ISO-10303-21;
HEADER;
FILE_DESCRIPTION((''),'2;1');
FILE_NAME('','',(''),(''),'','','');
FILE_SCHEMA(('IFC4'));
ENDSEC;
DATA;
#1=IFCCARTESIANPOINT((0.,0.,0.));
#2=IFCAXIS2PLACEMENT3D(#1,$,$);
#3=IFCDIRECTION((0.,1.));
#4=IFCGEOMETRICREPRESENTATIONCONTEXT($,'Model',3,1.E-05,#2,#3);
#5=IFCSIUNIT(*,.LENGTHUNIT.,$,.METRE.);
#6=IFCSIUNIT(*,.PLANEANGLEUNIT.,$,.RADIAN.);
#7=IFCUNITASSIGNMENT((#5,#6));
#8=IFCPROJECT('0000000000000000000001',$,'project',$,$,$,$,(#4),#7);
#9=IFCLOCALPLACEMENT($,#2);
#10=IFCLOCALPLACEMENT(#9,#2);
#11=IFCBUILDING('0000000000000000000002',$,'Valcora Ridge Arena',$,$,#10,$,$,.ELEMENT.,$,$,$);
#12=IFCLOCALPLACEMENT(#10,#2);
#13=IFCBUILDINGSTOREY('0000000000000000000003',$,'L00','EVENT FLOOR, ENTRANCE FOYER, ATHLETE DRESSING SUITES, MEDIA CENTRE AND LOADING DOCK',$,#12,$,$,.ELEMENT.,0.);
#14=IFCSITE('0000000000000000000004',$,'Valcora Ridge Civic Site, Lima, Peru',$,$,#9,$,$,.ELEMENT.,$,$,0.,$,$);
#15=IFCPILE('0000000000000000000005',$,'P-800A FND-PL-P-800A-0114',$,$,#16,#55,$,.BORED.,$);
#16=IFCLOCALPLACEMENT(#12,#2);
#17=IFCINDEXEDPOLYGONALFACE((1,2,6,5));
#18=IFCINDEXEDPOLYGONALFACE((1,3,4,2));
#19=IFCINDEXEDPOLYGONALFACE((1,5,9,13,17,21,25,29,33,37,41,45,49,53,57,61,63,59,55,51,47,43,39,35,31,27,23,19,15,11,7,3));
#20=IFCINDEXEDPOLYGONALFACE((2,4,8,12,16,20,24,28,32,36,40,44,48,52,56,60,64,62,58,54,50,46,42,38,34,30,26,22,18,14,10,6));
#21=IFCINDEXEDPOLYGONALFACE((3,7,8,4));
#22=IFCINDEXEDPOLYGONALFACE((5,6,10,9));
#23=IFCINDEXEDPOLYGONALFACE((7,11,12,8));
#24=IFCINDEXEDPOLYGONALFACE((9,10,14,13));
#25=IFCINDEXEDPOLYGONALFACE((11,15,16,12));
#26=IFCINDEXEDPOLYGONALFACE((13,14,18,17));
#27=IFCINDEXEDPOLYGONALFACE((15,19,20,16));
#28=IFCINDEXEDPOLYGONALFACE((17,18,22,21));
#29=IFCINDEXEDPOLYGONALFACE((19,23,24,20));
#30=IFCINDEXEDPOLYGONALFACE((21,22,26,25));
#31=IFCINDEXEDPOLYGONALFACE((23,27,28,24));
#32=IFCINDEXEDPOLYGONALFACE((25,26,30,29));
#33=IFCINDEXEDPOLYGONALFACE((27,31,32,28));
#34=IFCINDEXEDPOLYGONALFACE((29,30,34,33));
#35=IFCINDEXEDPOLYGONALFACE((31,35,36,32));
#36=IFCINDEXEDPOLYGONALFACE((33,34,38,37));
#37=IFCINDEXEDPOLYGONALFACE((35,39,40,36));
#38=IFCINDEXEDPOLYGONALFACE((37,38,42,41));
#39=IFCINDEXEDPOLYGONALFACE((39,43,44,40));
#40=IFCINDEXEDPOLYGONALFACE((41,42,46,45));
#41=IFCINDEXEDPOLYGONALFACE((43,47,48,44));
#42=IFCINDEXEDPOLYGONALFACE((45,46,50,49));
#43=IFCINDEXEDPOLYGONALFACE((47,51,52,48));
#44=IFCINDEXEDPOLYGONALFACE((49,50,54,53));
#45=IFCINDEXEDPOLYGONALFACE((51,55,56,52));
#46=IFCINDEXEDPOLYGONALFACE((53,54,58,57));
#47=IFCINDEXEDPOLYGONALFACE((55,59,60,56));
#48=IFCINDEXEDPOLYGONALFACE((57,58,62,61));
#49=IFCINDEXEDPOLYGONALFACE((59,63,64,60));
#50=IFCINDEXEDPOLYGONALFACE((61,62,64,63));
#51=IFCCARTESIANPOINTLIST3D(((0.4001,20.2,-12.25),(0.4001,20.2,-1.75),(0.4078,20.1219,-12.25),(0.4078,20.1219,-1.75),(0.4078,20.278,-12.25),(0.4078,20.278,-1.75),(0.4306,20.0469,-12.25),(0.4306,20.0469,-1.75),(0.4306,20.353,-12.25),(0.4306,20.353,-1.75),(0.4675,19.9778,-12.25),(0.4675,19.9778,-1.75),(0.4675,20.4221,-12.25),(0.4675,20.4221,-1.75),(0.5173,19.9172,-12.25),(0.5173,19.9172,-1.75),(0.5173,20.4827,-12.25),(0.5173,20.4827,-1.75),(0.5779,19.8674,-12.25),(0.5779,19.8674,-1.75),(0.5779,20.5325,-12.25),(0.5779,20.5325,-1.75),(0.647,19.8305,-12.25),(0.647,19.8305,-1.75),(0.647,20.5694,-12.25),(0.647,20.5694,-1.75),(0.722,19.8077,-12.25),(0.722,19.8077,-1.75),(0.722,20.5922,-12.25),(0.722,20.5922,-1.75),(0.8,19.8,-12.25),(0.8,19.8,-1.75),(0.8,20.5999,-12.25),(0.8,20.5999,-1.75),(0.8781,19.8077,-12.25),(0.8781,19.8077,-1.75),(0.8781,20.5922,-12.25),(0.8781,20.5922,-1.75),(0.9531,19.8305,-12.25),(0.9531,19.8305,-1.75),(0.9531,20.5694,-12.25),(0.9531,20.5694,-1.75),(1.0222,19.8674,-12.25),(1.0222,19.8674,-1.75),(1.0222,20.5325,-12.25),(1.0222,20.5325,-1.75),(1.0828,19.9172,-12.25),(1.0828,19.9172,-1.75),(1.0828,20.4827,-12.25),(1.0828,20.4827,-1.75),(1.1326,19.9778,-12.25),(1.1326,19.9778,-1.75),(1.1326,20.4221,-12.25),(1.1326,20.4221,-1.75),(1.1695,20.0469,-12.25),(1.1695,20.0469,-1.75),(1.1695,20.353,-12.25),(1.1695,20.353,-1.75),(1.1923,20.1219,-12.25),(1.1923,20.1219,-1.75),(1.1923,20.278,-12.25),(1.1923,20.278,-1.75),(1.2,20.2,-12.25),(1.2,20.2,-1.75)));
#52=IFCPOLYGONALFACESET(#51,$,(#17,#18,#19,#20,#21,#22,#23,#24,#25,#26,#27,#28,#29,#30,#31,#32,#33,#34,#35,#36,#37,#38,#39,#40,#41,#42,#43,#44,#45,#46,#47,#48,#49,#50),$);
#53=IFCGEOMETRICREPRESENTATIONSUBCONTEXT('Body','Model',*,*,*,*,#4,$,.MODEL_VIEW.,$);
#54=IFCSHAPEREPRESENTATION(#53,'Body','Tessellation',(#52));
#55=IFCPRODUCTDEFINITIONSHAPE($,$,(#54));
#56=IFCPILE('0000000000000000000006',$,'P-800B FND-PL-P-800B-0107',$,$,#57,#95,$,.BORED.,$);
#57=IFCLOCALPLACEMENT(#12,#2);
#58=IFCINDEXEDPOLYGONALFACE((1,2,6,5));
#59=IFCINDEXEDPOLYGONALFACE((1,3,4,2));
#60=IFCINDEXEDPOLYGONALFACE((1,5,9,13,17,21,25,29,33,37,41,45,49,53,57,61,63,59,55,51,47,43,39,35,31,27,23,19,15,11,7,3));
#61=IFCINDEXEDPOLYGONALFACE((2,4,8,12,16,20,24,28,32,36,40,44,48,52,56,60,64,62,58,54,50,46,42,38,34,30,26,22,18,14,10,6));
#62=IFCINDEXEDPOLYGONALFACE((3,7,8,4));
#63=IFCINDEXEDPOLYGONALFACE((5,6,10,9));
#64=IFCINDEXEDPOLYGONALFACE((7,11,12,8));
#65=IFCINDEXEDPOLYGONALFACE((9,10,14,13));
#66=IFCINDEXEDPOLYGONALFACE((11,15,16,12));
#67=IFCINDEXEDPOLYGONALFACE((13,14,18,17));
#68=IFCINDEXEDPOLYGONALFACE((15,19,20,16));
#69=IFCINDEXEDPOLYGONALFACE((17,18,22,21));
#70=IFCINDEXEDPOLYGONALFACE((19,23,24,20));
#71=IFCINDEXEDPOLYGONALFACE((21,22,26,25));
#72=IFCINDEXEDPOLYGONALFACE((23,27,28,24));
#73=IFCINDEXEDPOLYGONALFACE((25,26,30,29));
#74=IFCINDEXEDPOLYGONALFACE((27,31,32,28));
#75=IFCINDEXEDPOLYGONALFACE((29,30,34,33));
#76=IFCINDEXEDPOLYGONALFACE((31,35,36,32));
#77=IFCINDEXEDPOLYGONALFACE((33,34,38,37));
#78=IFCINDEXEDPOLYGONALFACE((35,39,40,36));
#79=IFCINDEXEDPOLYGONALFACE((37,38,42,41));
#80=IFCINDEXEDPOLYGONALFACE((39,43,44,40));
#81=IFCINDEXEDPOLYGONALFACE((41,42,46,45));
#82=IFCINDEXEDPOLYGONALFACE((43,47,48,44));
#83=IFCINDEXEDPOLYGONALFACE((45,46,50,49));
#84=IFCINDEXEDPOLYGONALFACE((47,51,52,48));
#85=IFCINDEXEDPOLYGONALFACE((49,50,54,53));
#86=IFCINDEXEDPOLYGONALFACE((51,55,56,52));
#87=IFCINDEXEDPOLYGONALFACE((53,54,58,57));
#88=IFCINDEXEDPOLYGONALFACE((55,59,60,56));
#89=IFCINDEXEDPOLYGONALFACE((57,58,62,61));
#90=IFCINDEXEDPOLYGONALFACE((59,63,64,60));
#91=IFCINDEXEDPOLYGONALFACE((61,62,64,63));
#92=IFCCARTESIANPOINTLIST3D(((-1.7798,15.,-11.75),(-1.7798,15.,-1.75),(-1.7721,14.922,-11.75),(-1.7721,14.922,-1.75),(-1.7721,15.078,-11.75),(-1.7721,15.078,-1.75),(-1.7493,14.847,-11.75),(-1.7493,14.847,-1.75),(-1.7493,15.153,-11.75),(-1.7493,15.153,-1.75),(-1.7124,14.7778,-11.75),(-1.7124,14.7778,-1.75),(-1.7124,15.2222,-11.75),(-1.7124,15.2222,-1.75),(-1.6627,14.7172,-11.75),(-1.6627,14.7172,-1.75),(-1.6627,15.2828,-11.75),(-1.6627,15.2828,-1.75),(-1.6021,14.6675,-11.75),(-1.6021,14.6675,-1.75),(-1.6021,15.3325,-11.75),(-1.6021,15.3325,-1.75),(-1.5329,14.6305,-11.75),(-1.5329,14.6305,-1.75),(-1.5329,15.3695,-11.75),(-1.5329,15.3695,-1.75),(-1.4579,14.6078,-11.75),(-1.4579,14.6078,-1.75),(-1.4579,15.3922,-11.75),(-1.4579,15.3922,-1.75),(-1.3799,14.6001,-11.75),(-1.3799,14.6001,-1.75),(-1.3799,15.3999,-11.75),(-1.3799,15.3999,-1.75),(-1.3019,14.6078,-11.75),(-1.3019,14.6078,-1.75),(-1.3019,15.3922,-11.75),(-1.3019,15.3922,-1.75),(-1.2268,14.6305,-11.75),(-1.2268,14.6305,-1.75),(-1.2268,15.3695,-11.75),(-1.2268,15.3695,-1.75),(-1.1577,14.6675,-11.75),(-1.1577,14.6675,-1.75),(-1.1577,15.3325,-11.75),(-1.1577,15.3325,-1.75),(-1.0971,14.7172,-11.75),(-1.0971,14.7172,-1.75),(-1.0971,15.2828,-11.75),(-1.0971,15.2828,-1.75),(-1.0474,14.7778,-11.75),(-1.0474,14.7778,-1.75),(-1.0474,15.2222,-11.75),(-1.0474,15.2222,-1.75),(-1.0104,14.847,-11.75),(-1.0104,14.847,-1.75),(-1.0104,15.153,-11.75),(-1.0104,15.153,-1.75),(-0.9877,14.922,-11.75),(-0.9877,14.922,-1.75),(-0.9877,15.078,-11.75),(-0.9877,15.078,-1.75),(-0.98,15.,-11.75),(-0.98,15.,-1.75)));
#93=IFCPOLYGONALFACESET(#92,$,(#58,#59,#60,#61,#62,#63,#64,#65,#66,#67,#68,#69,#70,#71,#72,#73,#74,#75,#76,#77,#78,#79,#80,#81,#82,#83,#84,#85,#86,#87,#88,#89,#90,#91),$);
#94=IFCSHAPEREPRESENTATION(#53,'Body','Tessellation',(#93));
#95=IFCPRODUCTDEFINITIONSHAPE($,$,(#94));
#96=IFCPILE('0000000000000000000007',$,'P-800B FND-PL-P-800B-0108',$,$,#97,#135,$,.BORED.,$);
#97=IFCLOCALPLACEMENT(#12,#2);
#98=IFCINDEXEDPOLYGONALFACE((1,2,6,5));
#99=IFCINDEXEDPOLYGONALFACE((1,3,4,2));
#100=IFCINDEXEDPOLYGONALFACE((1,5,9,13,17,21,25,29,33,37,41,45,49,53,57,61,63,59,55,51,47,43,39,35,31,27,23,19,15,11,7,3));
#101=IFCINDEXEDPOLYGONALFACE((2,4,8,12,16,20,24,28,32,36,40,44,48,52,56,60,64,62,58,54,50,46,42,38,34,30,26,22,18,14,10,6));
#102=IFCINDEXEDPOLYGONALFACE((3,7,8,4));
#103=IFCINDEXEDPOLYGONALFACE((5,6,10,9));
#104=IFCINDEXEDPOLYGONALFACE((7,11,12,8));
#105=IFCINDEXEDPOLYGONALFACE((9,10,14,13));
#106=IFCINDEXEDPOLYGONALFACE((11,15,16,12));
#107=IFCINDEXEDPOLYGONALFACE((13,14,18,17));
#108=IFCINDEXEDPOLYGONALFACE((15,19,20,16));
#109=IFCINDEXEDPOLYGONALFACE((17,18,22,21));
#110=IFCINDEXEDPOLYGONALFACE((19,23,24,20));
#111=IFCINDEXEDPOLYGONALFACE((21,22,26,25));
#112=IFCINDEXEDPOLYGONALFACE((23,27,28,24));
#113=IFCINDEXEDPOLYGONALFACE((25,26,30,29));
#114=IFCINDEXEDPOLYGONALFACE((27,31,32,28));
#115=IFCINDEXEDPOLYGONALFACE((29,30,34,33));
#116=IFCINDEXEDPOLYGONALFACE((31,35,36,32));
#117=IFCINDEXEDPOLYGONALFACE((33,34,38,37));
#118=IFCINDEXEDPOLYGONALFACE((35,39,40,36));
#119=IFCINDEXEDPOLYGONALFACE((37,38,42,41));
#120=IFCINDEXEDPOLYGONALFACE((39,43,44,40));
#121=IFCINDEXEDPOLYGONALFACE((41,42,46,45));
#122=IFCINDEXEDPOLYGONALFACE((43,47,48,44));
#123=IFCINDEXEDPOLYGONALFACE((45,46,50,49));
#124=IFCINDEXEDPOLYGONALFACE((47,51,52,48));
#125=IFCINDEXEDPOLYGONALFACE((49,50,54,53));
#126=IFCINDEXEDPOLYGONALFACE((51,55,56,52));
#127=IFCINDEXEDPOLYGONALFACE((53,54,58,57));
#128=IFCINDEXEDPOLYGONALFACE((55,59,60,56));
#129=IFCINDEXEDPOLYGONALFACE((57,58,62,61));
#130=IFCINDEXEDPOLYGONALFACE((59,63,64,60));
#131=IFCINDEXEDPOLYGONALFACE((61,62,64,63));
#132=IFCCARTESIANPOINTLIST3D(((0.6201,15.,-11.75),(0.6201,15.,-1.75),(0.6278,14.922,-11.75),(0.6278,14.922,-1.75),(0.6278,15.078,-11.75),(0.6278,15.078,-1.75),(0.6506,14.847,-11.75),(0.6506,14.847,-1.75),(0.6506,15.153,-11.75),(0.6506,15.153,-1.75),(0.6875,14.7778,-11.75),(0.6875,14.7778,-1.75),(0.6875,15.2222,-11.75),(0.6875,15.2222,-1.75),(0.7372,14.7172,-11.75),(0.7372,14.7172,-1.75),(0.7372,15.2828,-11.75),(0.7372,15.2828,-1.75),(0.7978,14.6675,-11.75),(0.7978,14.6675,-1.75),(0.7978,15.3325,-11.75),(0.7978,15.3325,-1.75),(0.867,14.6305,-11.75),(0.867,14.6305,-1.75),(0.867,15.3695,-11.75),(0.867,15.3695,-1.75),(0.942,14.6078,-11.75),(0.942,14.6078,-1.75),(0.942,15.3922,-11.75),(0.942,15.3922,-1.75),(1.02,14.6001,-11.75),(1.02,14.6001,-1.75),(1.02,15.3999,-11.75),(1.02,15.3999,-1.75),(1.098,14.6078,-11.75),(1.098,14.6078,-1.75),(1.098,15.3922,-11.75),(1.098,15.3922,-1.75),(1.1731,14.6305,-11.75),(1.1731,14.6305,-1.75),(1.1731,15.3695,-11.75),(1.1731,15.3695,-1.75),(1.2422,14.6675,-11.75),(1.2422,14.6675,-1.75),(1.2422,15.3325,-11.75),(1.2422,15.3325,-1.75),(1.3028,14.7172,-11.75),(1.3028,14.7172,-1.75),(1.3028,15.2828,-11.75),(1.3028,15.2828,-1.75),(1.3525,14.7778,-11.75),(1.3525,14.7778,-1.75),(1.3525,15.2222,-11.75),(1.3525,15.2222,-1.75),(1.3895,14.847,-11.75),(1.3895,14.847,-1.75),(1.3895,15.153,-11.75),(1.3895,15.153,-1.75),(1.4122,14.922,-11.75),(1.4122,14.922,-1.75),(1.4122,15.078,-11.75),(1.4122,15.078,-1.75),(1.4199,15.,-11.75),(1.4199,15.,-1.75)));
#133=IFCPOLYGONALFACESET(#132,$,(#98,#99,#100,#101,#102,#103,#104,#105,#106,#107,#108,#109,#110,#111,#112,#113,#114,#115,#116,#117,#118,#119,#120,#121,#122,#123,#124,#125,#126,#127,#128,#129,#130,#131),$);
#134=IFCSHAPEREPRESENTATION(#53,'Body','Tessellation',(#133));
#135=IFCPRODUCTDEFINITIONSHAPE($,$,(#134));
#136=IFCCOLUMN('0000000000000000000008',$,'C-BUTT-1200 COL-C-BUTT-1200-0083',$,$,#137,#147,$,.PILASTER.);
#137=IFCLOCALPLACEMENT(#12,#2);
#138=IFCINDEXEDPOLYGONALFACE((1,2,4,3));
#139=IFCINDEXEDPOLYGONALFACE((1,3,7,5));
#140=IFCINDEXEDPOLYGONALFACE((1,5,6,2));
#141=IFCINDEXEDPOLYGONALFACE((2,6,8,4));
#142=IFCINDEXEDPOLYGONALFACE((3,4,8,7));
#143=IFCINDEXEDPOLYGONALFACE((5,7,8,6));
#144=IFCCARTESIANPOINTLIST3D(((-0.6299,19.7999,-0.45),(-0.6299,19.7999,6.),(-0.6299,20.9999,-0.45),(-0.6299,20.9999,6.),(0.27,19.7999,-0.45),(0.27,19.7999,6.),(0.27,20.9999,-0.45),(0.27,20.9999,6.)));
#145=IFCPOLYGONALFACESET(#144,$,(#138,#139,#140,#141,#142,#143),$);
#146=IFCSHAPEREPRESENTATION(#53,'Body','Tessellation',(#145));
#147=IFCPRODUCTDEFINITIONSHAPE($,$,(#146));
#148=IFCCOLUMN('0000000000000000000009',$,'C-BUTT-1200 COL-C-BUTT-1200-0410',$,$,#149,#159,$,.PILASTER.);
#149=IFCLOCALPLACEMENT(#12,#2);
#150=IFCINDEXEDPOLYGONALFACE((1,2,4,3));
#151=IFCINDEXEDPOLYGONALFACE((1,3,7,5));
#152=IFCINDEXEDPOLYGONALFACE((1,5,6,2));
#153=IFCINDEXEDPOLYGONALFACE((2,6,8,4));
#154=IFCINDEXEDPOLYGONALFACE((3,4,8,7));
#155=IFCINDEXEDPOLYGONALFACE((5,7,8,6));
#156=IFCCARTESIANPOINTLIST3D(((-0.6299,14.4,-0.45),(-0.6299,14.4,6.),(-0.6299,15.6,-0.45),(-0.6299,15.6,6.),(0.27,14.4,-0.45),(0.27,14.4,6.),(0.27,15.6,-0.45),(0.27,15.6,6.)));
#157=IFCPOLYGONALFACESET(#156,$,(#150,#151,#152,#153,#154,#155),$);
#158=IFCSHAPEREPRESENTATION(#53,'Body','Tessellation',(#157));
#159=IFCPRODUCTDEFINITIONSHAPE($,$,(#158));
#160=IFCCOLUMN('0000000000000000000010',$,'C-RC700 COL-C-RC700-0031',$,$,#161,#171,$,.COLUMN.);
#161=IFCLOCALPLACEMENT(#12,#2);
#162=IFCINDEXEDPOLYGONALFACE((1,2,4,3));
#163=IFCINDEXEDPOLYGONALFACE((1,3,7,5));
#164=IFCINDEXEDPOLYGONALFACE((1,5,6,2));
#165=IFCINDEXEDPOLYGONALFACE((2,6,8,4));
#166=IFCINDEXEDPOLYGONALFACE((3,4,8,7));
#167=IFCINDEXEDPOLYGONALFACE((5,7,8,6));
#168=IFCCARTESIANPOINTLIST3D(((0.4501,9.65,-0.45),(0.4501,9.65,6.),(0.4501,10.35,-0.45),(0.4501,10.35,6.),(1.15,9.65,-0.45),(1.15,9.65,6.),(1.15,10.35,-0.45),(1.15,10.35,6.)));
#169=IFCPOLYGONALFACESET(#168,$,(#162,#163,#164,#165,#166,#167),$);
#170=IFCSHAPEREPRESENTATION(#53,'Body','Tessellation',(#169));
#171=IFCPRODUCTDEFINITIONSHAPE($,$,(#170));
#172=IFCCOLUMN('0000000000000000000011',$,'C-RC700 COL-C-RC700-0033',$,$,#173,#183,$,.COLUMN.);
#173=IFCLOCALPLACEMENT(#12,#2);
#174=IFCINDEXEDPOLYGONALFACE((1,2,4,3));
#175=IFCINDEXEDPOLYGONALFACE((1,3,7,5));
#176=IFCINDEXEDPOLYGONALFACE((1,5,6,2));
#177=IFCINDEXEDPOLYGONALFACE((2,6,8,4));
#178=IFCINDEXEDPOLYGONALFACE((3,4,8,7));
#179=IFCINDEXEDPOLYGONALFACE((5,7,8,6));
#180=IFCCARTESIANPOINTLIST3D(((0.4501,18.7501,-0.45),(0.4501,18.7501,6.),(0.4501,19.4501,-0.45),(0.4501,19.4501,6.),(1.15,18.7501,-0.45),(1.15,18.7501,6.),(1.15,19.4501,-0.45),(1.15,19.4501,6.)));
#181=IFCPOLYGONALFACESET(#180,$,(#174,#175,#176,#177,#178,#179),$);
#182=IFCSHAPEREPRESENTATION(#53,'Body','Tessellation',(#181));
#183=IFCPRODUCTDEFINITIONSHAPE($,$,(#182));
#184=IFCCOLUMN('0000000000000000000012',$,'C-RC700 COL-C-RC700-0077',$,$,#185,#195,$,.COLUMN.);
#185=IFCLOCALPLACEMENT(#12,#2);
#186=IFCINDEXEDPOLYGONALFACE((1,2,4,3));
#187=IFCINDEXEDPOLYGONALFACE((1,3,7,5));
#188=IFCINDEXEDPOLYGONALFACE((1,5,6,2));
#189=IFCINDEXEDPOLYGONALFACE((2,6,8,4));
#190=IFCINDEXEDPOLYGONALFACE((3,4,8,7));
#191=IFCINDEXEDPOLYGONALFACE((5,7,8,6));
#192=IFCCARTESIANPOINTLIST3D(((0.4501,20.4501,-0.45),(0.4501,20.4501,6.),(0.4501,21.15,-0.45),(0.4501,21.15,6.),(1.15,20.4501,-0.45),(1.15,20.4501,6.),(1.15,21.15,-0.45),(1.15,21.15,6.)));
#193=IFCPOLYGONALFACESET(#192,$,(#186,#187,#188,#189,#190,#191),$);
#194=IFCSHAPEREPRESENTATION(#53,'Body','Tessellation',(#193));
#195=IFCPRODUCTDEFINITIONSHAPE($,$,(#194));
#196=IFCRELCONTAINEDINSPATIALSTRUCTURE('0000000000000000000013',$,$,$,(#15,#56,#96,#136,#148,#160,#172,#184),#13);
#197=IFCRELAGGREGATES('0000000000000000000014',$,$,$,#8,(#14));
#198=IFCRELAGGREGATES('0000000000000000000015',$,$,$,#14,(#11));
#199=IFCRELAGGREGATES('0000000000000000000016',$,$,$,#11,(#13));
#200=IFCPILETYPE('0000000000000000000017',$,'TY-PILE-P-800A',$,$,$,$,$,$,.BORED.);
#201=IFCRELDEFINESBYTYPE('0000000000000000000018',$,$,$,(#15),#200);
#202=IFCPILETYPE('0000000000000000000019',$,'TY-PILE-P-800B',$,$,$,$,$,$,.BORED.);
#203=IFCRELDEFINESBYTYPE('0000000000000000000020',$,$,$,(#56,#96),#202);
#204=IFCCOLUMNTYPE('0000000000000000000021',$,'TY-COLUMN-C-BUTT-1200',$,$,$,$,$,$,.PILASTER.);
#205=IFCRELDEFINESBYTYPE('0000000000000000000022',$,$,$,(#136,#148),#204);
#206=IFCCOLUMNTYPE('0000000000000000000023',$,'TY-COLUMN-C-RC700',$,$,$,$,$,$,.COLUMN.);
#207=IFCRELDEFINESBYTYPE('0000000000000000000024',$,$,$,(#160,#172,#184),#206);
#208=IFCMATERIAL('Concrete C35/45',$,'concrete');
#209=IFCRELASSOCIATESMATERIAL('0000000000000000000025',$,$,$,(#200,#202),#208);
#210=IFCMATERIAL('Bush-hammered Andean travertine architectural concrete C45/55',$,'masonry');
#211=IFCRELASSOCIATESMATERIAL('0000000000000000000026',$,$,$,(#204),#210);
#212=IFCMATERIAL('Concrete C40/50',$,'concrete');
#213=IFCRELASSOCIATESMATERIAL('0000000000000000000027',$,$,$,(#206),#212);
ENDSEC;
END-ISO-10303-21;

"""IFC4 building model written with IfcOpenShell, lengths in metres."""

from ifc_helpers import new_model, si_unit, direction, frame, origin, origin_2d, place, context, subcontext, project, spatial, rectangle, circle, extrude, material, material_profile, profile_set, type_object, element, save


model = new_model("IFC4")

# Units and contexts
model_context = context("Model", 3, precision=1e-05, world=origin(), true_north=direction((0.0, 1.0)))
body_context = subcontext(model_context, "Body", "Model", "MODEL_VIEW")
ifc_project = project(units=[si_unit("LENGTHUNIT", "METRE"), si_unit("PLANEANGLEUNIT", "RADIAN")], contexts=[model_context])

# Site, building, storey
site_placement = place(None, origin())
site = spatial("IfcSite", under=ifc_project, at=site_placement, Name="Valcora Ridge Civic Site, Lima, Peru", CompositionType="ELEMENT", RefElevation=0.0)
building_placement = place(site_placement, origin())
building = spatial("IfcBuilding", under=site, at=building_placement, Name="Valcora Ridge Arena", CompositionType="ELEMENT")
storey_placement = place(building_placement, origin())
storey = spatial("IfcBuildingStorey", under=building, at=storey_placement, Name="L00", Description="EVENT FLOOR, ENTRANCE FOYER, ATHLETE DRESSING SUITES, MEDIA CENTRE AND LOADING DOCK", CompositionType="ELEMENT", Elevation=0.0)

# Shared definitions
ifc_material_1 = material(Name="Concrete C40/50", Category="concrete")

# Piles
ifc_material_2 = material(Name="Concrete C35/45", Category="concrete")
ifc_material_profile_1 = material_profile(ifc_material_2, circle(Radius=0.3999, at=origin_2d()), Name="BORED PILE D800")
ifc_profile_set_1 = profile_set([ifc_material_profile_1], Name="Concrete C35/45")
pile_type_1 = type_object("IfcPileType", Name="TY-PILE-P-800A", PredefinedType="BORED", material=ifc_profile_set_1)
for number, where, z_axis, x_axis, name in (
    (1, (0.8, 20.2, -1.75), (0.0, 0.0, -1.0), (1.0, 0.0, 0.0), "P-800A FND-PL-P-800A-0114"),
):
    element("IfcPile", number, at=place(storey_placement, frame(where, z_axis=z_axis, x_axis=x_axis)), inside=storey, type_object=pile_type_1, Name=name, PredefinedType="BORED", context=body_context, shape_type="SweptSolid", body=[
        extrude(circle(Radius=0.3999, at=origin_2d()), origin(), (0.0, 0.0, 1.0), 10.5),
    ])
ifc_material_profile_2 = material_profile(ifc_material_2, circle(Radius=0.3999, at=origin_2d()), Name="BORED PILE D800")
ifc_profile_set_2 = profile_set([ifc_material_profile_2], Name="Concrete C35/45")
pile_type_2 = type_object("IfcPileType", Name="TY-PILE-P-800B", PredefinedType="BORED", material=ifc_profile_set_2)
for number, where, z_axis, x_axis, name in (
    (2, (-1.3799, 15.0, -1.75), (0.0, 0.0, -1.0), (1.0, 0.0, 0.0), "P-800B FND-PL-P-800B-0107"),
    (3, (1.02, 15.0, -1.75), (0.0, 0.0, -1.0), (1.0, 0.0, 0.0), "P-800B FND-PL-P-800B-0108"),
):
    element("IfcPile", number, at=place(storey_placement, frame(where, z_axis=z_axis, x_axis=x_axis)), inside=storey, type_object=pile_type_2, Name=name, PredefinedType="BORED", context=body_context, shape_type="SweptSolid", body=[
        extrude(circle(Radius=0.3999, at=origin_2d()), origin(), (0.0, 0.0, 1.0), 10.0),
    ])

# Columns
ifc_material_3 = material(Name="Bush-hammered Andean travertine architectural concrete C45/55", Category="masonry")
ifc_material_profile_3 = material_profile(ifc_material_3, rectangle(XDim=0.8999, YDim=1.2, at=origin_2d()), Name="RC 900x1200")
ifc_profile_set_3 = profile_set([ifc_material_profile_3], Name="Bush-hammered Andean travertine architectural concrete C45/55")
column_type_1 = type_object("IfcColumnType", Name="TY-COLUMN-C-BUTT-1200", PredefinedType="PILASTER", material=ifc_profile_set_3)
for number, where, z_axis, x_axis, name in (
    (4, (-0.1799, 20.3999, -0.45), (0.0, 0.0, 1.0), (1.0, 0.0, 0.0), "C-BUTT-1200 COL-C-BUTT-1200-0083"),
    (5, (-0.1799, 15.0, -0.45), (0.0, 0.0, 1.0), (1.0, 0.0, 0.0), "C-BUTT-1200 COL-C-BUTT-1200-0410"),
):
    element("IfcColumn", number, at=place(storey_placement, frame(where, z_axis=z_axis, x_axis=x_axis)), inside=storey, type_object=column_type_1, Name=name, PredefinedType="PILASTER", context=body_context, shape_type="SweptSolid", body=[
        extrude(rectangle(XDim=0.8999, YDim=1.2, at=origin_2d()), origin(), (0.0, 0.0, 1.0), 6.45),
    ])
ifc_material_profile_4 = material_profile(ifc_material_1, rectangle(XDim=0.7, YDim=0.7, at=origin_2d()), Name="RC 700x700")
ifc_profile_set_4 = profile_set([ifc_material_profile_4], Name="Concrete C40/50")
column_type_2 = type_object("IfcColumnType", Name="TY-COLUMN-C-RC700", PredefinedType="COLUMN", material=ifc_profile_set_4)
for number, where, z_axis, x_axis, name in (
    (6, (0.8, 10.0, -0.45), (0.0, 0.0, 1.0), (1.0, 0.0, 0.0), "C-RC700 COL-C-RC700-0031"),
    (7, (0.8, 19.1001, -0.45), (0.0, 0.0, 1.0), (1.0, 0.0, 0.0), "C-RC700 COL-C-RC700-0033"),
    (8, (0.8, 20.8, -0.45), (0.0, 0.0, 1.0), (1.0, 0.0, 0.0), "C-RC700 COL-C-RC700-0077"),
):
    element("IfcColumn", number, at=place(storey_placement, frame(where, z_axis=z_axis, x_axis=x_axis)), inside=storey, type_object=column_type_2, Name=name, PredefinedType="COLUMN", context=body_context, shape_type="SweptSolid", body=[
        extrude(rectangle(XDim=0.7, YDim=0.7, at=origin_2d()), origin(), (0.0, 0.0, 1.0), 6.45),
    ])

save(model, "model.ifc")
